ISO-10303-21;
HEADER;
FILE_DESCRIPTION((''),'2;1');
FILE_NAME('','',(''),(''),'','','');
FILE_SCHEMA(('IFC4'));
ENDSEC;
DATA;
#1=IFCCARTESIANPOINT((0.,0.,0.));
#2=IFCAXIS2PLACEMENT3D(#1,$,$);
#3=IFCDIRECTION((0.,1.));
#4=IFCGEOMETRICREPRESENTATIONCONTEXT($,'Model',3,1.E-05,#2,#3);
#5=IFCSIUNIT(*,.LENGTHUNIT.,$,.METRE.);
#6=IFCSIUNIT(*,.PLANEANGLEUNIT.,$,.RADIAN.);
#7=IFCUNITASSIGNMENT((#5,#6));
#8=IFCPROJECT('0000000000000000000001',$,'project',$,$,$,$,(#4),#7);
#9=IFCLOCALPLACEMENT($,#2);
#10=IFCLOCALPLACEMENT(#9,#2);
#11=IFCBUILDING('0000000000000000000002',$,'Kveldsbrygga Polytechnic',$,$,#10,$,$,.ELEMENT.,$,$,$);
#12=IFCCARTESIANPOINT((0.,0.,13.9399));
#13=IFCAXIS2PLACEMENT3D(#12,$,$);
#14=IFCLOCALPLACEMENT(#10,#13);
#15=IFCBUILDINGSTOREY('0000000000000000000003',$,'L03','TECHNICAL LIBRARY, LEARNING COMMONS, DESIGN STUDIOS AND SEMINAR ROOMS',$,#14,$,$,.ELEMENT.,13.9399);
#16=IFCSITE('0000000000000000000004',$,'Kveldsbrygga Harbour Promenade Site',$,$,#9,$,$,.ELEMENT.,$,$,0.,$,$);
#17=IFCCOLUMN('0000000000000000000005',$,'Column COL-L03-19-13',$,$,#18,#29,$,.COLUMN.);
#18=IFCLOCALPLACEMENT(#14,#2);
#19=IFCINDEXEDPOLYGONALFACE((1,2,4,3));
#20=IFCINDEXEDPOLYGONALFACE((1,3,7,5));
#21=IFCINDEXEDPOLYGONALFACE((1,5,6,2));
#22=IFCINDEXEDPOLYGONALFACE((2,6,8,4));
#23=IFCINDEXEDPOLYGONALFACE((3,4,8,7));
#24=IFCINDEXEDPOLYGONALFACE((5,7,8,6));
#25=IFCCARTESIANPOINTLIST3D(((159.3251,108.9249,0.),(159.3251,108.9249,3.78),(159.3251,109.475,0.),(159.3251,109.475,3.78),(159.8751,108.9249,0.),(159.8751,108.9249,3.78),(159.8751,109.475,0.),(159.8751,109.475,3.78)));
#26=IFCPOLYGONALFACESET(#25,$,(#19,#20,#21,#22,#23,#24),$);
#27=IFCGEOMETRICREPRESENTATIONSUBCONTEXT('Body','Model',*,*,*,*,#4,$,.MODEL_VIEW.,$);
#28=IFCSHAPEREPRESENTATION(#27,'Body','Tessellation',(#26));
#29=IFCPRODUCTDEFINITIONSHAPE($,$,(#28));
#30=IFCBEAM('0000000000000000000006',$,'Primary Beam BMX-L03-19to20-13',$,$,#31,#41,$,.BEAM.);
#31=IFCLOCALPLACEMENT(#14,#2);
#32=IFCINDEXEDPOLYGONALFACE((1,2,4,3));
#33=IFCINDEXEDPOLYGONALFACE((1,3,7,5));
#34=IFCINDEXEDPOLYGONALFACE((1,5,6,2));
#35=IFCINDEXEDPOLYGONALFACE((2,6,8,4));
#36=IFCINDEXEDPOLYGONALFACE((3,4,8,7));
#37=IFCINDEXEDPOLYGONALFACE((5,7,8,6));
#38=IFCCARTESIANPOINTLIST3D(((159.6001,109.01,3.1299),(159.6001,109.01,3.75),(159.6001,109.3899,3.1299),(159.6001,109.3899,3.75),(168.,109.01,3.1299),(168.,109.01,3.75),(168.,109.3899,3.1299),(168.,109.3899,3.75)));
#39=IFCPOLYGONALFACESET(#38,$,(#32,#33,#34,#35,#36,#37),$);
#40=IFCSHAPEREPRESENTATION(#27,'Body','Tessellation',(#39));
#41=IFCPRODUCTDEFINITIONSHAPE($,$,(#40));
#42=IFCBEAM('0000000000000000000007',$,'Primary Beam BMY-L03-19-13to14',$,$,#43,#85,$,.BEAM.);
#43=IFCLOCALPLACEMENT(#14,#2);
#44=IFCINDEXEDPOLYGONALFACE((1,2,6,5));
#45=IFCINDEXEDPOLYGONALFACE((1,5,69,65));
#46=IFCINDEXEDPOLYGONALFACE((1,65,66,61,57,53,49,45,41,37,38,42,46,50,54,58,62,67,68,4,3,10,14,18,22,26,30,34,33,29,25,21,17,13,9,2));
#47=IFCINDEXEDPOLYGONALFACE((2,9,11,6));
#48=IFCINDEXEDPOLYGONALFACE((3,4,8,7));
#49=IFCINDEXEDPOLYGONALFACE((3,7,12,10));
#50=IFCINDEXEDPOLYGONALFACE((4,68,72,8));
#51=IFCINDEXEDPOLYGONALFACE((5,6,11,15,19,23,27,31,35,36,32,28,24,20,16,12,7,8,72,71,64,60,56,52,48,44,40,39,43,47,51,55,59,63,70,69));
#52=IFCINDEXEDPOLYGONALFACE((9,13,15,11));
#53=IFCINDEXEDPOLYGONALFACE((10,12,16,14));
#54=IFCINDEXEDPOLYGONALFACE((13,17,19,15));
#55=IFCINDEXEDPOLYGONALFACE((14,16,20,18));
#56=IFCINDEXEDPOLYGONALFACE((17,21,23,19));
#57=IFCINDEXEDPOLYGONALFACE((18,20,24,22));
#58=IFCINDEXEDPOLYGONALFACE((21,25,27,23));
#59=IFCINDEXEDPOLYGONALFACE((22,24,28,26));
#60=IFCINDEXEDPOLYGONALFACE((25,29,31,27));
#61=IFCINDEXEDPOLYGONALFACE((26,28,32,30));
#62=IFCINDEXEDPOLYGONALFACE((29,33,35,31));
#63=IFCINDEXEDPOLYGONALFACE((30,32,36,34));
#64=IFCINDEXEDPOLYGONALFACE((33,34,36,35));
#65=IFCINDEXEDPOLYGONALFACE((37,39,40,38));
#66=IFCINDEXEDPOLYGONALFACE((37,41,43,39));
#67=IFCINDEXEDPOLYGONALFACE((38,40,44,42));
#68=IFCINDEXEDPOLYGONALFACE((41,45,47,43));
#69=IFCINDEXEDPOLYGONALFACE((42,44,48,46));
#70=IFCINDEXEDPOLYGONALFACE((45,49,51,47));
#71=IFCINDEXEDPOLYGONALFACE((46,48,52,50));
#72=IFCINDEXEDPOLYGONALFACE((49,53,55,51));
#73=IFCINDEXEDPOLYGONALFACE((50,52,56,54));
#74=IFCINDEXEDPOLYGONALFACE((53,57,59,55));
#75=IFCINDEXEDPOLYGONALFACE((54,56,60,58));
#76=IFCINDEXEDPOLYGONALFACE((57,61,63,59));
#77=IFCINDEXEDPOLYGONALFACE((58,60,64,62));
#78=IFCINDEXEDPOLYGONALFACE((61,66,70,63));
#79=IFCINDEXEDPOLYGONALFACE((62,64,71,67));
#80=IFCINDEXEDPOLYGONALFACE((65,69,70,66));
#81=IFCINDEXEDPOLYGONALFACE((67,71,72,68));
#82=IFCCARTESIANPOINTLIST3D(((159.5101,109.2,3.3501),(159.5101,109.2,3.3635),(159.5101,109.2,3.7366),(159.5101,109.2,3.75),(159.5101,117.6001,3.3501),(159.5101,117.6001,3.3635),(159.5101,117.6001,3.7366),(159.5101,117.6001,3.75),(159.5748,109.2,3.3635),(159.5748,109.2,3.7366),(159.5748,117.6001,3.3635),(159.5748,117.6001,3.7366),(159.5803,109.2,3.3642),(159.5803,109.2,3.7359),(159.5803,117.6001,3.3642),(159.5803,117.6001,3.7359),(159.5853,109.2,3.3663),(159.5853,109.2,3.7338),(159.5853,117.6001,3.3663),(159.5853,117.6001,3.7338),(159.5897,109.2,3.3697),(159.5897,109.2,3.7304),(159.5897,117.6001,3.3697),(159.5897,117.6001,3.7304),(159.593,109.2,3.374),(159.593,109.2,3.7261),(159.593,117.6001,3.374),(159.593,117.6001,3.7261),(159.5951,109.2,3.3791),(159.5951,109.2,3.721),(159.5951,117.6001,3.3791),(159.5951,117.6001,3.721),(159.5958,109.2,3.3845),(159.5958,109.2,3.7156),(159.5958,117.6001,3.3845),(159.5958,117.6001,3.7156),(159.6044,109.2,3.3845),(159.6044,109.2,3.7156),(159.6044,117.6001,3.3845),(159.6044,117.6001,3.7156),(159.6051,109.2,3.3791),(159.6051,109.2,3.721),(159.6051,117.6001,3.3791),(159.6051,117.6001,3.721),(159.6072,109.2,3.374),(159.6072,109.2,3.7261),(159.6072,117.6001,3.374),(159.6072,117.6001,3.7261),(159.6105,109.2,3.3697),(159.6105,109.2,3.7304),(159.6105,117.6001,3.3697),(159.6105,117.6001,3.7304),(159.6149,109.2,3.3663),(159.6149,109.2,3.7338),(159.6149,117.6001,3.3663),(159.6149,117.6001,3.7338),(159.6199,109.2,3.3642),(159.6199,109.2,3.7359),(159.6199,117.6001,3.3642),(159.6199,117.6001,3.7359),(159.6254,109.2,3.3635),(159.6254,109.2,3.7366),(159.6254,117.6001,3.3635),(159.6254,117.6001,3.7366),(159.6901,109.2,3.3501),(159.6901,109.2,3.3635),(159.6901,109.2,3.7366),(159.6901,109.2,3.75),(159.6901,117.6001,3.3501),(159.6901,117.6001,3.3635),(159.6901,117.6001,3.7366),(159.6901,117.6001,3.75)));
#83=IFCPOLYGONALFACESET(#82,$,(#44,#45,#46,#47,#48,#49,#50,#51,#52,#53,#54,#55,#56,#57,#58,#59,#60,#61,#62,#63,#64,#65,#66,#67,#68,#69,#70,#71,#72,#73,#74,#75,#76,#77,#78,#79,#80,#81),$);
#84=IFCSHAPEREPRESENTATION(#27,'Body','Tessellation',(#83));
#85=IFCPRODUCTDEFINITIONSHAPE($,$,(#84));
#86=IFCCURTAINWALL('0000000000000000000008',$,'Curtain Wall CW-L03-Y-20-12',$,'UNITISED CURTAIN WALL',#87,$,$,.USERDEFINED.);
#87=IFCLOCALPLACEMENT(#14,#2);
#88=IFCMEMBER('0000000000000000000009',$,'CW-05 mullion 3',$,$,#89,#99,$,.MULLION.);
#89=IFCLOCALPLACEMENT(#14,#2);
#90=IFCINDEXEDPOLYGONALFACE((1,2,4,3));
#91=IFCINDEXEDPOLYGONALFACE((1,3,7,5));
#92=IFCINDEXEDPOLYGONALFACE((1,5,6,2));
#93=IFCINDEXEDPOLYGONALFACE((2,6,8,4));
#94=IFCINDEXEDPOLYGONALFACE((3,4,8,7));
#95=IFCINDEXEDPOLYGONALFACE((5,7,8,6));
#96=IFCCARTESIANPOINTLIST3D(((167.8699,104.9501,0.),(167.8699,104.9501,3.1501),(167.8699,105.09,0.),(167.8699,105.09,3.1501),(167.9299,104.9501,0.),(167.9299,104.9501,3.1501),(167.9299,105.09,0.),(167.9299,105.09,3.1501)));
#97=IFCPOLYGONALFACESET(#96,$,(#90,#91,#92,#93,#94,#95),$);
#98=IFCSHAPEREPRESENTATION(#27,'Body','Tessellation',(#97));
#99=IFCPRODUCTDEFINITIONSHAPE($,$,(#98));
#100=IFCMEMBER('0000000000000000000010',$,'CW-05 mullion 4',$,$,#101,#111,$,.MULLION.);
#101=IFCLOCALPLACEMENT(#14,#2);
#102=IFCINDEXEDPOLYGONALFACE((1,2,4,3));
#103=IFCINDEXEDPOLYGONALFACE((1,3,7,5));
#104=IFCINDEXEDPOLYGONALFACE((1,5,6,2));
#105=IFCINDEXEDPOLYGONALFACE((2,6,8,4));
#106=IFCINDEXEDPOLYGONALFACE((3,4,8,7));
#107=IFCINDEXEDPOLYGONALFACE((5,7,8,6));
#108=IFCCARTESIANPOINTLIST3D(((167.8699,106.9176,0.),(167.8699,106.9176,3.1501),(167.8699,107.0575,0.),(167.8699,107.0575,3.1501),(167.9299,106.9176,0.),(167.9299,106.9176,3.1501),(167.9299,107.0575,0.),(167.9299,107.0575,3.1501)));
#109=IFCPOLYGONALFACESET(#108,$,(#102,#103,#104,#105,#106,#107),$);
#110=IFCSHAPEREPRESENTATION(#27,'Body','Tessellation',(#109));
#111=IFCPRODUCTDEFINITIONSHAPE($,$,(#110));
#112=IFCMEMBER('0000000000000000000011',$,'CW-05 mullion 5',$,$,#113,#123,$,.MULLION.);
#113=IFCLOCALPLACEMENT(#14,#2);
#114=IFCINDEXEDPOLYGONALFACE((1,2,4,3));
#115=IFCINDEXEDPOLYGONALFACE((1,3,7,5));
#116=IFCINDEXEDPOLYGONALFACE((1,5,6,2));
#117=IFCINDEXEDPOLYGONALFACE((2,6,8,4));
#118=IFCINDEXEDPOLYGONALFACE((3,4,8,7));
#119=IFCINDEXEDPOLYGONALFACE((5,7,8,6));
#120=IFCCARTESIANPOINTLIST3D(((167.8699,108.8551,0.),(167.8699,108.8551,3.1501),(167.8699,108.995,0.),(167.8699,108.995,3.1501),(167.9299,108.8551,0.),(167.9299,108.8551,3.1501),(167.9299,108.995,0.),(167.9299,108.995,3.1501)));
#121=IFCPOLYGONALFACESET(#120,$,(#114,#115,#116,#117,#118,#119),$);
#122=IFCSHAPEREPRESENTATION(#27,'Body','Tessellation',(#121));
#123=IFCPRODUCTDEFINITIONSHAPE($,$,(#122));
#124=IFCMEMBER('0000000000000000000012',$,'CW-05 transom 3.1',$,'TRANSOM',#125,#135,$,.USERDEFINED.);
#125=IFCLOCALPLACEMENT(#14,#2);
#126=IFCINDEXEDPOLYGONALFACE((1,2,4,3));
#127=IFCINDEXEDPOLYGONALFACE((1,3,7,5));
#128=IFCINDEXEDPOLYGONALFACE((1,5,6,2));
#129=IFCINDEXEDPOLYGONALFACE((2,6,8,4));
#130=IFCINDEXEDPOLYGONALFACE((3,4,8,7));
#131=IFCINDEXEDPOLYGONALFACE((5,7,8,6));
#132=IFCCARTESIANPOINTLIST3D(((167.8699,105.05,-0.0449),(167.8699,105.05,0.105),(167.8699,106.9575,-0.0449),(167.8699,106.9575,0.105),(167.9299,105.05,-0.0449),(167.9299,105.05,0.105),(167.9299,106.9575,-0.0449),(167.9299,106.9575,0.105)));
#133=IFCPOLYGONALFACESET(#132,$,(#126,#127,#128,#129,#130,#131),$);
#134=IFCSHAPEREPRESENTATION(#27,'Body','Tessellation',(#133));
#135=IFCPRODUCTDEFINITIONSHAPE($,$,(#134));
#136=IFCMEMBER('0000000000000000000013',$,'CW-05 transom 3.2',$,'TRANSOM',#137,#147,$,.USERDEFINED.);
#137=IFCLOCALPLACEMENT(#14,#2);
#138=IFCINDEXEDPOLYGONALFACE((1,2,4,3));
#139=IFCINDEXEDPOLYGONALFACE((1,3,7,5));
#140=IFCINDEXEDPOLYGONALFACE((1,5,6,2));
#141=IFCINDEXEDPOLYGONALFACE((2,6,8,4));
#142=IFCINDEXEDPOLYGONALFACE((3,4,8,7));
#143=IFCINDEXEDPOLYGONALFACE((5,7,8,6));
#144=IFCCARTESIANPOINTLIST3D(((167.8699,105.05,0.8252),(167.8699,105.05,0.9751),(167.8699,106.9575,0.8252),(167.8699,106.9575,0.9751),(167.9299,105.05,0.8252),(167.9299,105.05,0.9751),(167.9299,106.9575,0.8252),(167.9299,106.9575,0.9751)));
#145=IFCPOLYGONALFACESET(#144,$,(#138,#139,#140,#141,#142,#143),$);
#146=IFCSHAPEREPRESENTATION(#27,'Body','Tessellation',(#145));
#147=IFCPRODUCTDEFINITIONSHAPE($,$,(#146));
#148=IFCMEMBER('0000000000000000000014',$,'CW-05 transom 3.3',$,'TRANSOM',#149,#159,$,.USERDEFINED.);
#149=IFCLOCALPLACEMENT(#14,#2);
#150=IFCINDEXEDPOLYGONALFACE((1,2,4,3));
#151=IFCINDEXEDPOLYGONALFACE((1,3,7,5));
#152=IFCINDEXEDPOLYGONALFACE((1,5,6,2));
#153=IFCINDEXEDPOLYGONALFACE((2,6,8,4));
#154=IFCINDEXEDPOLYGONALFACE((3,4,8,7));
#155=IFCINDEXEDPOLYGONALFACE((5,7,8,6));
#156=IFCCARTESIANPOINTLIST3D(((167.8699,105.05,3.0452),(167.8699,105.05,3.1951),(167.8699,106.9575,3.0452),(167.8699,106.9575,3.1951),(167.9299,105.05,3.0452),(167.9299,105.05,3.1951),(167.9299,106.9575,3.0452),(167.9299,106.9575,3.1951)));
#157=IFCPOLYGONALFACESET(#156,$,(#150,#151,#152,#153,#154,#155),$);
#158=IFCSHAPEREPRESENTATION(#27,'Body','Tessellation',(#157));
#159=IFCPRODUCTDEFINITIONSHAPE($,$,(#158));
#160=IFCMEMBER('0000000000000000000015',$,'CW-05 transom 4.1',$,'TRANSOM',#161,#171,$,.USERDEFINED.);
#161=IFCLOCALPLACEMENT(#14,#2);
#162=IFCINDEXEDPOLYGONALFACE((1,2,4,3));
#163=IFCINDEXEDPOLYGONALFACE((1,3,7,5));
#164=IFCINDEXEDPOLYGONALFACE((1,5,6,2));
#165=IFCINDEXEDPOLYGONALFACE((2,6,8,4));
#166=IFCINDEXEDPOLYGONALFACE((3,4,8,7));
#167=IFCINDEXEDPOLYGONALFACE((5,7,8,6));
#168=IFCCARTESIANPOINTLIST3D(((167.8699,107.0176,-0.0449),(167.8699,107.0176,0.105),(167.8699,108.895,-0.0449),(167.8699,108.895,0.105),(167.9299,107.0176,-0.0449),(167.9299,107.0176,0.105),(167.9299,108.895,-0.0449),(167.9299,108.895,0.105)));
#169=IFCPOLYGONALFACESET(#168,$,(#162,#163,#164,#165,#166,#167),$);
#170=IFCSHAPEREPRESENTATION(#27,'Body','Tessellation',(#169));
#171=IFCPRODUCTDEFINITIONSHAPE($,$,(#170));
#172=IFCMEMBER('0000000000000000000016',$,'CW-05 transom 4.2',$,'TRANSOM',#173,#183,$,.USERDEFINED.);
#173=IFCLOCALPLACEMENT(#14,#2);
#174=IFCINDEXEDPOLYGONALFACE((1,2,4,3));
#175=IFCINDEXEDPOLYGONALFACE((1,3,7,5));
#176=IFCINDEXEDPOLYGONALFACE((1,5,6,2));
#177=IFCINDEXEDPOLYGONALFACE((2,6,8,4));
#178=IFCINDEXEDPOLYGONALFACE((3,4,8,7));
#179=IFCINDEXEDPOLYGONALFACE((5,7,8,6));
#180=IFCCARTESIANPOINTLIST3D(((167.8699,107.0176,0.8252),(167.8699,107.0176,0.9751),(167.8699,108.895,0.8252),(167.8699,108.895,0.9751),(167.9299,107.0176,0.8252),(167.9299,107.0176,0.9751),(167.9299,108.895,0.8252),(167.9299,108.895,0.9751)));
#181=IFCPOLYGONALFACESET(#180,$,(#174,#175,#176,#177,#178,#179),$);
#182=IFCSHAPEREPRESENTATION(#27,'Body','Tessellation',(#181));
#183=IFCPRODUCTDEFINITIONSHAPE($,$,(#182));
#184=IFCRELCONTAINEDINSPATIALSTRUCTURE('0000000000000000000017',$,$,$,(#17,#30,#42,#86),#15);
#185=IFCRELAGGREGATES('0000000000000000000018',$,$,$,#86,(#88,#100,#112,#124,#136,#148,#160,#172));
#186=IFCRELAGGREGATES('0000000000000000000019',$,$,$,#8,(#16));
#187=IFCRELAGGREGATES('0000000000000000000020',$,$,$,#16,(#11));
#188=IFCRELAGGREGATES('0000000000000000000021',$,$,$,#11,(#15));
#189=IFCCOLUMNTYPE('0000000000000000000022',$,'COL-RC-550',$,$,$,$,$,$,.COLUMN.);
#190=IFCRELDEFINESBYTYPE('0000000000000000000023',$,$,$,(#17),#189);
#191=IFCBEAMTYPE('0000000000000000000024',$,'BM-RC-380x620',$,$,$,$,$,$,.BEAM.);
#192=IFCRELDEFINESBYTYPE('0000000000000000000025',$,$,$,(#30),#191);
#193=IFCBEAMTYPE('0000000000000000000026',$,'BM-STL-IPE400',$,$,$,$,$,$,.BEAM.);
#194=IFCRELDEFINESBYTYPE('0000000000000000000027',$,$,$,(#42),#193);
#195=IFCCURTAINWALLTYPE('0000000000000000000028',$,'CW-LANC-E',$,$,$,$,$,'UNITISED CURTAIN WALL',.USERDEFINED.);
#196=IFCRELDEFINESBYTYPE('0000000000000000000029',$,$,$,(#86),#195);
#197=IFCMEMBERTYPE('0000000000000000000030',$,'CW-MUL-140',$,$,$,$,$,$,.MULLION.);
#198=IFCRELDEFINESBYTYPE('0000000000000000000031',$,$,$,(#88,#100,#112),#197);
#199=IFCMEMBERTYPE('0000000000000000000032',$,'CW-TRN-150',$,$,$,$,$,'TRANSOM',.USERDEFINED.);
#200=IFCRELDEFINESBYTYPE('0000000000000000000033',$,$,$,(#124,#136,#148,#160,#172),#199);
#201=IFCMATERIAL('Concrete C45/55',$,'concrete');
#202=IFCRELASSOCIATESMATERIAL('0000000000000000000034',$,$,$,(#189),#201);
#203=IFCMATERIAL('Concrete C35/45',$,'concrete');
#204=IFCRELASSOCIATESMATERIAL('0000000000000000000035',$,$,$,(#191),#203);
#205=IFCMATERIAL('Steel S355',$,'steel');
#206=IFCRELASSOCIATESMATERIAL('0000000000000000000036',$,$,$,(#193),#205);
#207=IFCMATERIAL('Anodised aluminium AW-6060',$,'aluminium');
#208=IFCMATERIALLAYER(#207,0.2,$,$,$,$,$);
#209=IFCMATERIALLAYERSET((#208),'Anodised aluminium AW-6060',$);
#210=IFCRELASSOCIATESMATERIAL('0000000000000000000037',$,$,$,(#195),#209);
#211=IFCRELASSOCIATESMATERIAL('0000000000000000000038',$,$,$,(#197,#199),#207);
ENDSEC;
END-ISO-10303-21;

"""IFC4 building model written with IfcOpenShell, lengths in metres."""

from ifc_helpers import new_model, si_unit, direction, frame, origin, origin_2d, place, context, subcontext, project, spatial, rectangle, i_section, extrude, material, layer, layer_set, material_profile, profile_set, type_object, element, aggregate, save


model = new_model("IFC4")

# Units and contexts
model_context = context("Model", 3, precision=1e-05, world=origin(), true_north=direction((0.0, 1.0)))
body_context = subcontext(model_context, "Body", "Model", "MODEL_VIEW")
ifc_project = project(units=[si_unit("LENGTHUNIT", "METRE"), si_unit("PLANEANGLEUNIT", "RADIAN")], contexts=[model_context])

# Site, building, storey
site_placement = place(None, origin())
site = spatial("IfcSite", under=ifc_project, at=site_placement, Name="Kveldsbrygga Harbour Promenade Site", CompositionType="ELEMENT", RefElevation=0.0)
building_placement = place(site_placement, origin())
building = spatial("IfcBuilding", under=site, at=building_placement, Name="Kveldsbrygga Polytechnic", CompositionType="ELEMENT")
storey_placement = place(building_placement, frame((0.0, 0.0, 13.9399)))
storey = spatial("IfcBuildingStorey", under=building, at=storey_placement, Name="L03", Description="TECHNICAL LIBRARY, LEARNING COMMONS, DESIGN STUDIOS AND SEMINAR ROOMS", CompositionType="ELEMENT", Elevation=13.9399)

# Column
ifc_material_1 = material(Name="Concrete C45/55", Category="concrete")
ifc_material_profile_1 = material_profile(ifc_material_1, rectangle(XDim=0.55, YDim=0.55, at=origin_2d()), Name="RC 550x550")
ifc_profile_set_1 = profile_set([ifc_material_profile_1], Name="Concrete C45/55")
column_type = type_object("IfcColumnType", Name="COL-RC-550", PredefinedType="COLUMN", material=ifc_profile_set_1)
column_placement = place(storey_placement, frame((159.6001, 109.2, 0.0), z_axis=(0.0, 0.0, 1.0), x_axis=(1.0, 0.0, 0.0)))
element("IfcColumn", 1, at=column_placement, inside=storey, type_object=column_type, Name="Column COL-L03-19-13", PredefinedType="COLUMN", context=body_context, shape_type="SweptSolid", body=[
    extrude(rectangle(XDim=0.55, YDim=0.55, at=origin_2d()), origin(), (0.0, 0.0, 1.0), 3.78),
])

# Beams
ifc_material_2 = material(Name="Concrete C35/45", Category="concrete")
ifc_material_profile_2 = material_profile(ifc_material_2, rectangle(XDim=0.3799, YDim=0.6201, at=origin_2d()), Name="RC 380x620")
ifc_profile_set_2 = profile_set([ifc_material_profile_2], Name="Concrete C35/45")
beam_type_1 = type_object("IfcBeamType", Name="BM-RC-380x620", PredefinedType="BEAM", material=ifc_profile_set_2)
beam_1_placement = place(storey_placement, frame((159.6001, 109.2, 3.4399), z_axis=(1.0, 0.0, 0.0), x_axis=(0.0, 1.0, 0.0)))
element("IfcBeam", 2, at=beam_1_placement, inside=storey, type_object=beam_type_1, Name="Primary Beam BMX-L03-19to20-13", PredefinedType="BEAM", context=body_context, shape_type="SweptSolid", body=[
    extrude(rectangle(XDim=0.3799, YDim=0.6201, at=origin_2d()), origin(), (0.0, 0.0, 1.0), 8.3999),
])
ifc_material_3 = material(Name="Steel S355", Category="steel")
ifc_material_profile_3 = material_profile(ifc_material_3, i_section(OverallWidth=0.1799, OverallDepth=0.3999, WebThickness=0.0085, FlangeThickness=0.0134, FilletRadius=0.021, at=origin_2d()), Name="IPE 400")
ifc_profile_set_3 = profile_set([ifc_material_profile_3], Name="Steel S355")
beam_type_2 = type_object("IfcBeamType", Name="BM-STL-IPE400", PredefinedType="BEAM", material=ifc_profile_set_3)
beam_2_placement = place(storey_placement, frame((159.6001, 109.2, 3.55), z_axis=(0.0, 1.0, 0.0), x_axis=(-1.0, 0.0, 0.0)))
element("IfcBeam", 3, at=beam_2_placement, inside=storey, type_object=beam_type_2, Name="Primary Beam BMY-L03-19-13to14", PredefinedType="BEAM", context=body_context, shape_type="SweptSolid", body=[
    extrude(i_section(OverallWidth=0.1799, OverallDepth=0.3999, WebThickness=0.0085, FlangeThickness=0.0134, FilletRadius=0.021, at=origin_2d()), origin(), (0.0, 0.0, 1.0), 8.4001),
])

# Curtain wall, members
ifc_material_4 = material(Name="Anodised aluminium AW-6060", Category="aluminium")
ifc_layer_1 = layer(ifc_material_4, 0.2)
ifc_layer_set_1 = layer_set([ifc_layer_1], Name="Anodised aluminium AW-6060")
curtain_wall_type = type_object("IfcCurtainWallType", Name="CW-LANC-E", ElementType="UNITISED CURTAIN WALL", PredefinedType="USERDEFINED", material=ifc_layer_set_1)
curtain_wall_placement = place(storey_placement, origin())
curtain_wall = element("IfcCurtainWall", 4, at=curtain_wall_placement, inside=storey, type_object=curtain_wall_type, Name="Curtain Wall CW-L03-Y-20-12", ObjectType="UNITISED CURTAIN WALL", PredefinedType="USERDEFINED")
ifc_material_profile_4 = material_profile(ifc_material_4, rectangle(XDim=0.0601, YDim=0.1399, at=origin_2d()), Name="ALU 60x140")
ifc_profile_set_4 = profile_set([ifc_material_profile_4], Name="Anodised aluminium AW-6060")
member_type_1 = type_object("IfcMemberType", Name="CW-MUL-140", PredefinedType="MULLION", material=ifc_profile_set_4)
member_1_placement = place(storey_placement, frame((167.8999, 105.02, 0.0), z_axis=(0.0, 0.0, 1.0), x_axis=(-1.0, 0.0, 0.0)))
member_1 = element("IfcMember", 5, at=member_1_placement, type_object=member_type_1, Name="CW-05 mullion 3", PredefinedType="MULLION", context=body_context, shape_type="SweptSolid", body=[
    extrude(rectangle(XDim=0.0601, YDim=0.1399, at=origin_2d()), origin(), (0.0, 0.0, 1.0), 3.1501),
])
member_2_placement = place(storey_placement, frame((167.8999, 106.9875, 0.0), z_axis=(0.0, 0.0, 1.0), x_axis=(-1.0, 0.0, 0.0)))
member_2 = element("IfcMember", 6, at=member_2_placement, type_object=member_type_1, Name="CW-05 mullion 4", PredefinedType="MULLION", context=body_context, shape_type="SweptSolid", body=[
    extrude(rectangle(XDim=0.0601, YDim=0.1399, at=origin_2d()), origin(), (0.0, 0.0, 1.0), 3.1501),
])
member_3_placement = place(storey_placement, frame((167.8999, 108.925, 0.0), z_axis=(0.0, 0.0, 1.0), x_axis=(-1.0, 0.0, 0.0)))
member_3 = element("IfcMember", 7, at=member_3_placement, type_object=member_type_1, Name="CW-05 mullion 5", PredefinedType="MULLION", context=body_context, shape_type="SweptSolid", body=[
    extrude(rectangle(XDim=0.0601, YDim=0.1399, at=origin_2d()), origin(), (0.0, 0.0, 1.0), 3.1501),
])
ifc_material_profile_5 = material_profile(ifc_material_4, rectangle(XDim=0.0601, YDim=0.1499, at=origin_2d()), Name="ALU 60x150")
ifc_profile_set_5 = profile_set([ifc_material_profile_5], Name="Anodised aluminium AW-6060")
member_type_2 = type_object("IfcMemberType", Name="CW-TRN-150", ElementType="TRANSOM", PredefinedType="USERDEFINED", material=ifc_profile_set_5)
member_4_placement = place(storey_placement, frame((167.8999, 105.05, 0.03), z_axis=(0.0, 1.0, 0.0), x_axis=(-1.0, 0.0, 0.0)))
member_4 = element("IfcMember", 8, at=member_4_placement, type_object=member_type_2, Name="CW-05 transom 3.1", ObjectType="TRANSOM", PredefinedType="USERDEFINED", context=body_context, shape_type="SweptSolid", body=[
    extrude(rectangle(XDim=0.0601, YDim=0.1499, at=origin_2d()), origin(), (0.0, 0.0, 1.0), 1.9075),
])
member_5_placement = place(storey_placement, frame((167.8999, 105.05, 0.9001), z_axis=(0.0, 1.0, 0.0), x_axis=(-1.0, 0.0, 0.0)))
member_5 = element("IfcMember", 9, at=member_5_placement, type_object=member_type_2, Name="CW-05 transom 3.2", ObjectType="TRANSOM", PredefinedType="USERDEFINED", context=body_context, shape_type="SweptSolid", body=[
    extrude(rectangle(XDim=0.0601, YDim=0.1499, at=origin_2d()), origin(), (0.0, 0.0, 1.0), 1.9075),
])
member_6_placement = place(storey_placement, frame((167.8999, 105.05, 3.1201), z_axis=(0.0, 1.0, 0.0), x_axis=(-1.0, 0.0, 0.0)))
member_6 = element("IfcMember", 10, at=member_6_placement, type_object=member_type_2, Name="CW-05 transom 3.3", ObjectType="TRANSOM", PredefinedType="USERDEFINED", context=body_context, shape_type="SweptSolid", body=[
    extrude(rectangle(XDim=0.0601, YDim=0.1499, at=origin_2d()), origin(), (0.0, 0.0, 1.0), 1.9075),
])
member_7_placement = place(storey_placement, frame((167.8999, 107.0176, 0.03), z_axis=(0.0, 1.0, 0.0), x_axis=(-1.0, 0.0, 0.0)))
member_7 = element("IfcMember", 11, at=member_7_placement, type_object=member_type_2, Name="CW-05 transom 4.1", ObjectType="TRANSOM", PredefinedType="USERDEFINED", context=body_context, shape_type="SweptSolid", body=[
    extrude(rectangle(XDim=0.0601, YDim=0.1499, at=origin_2d()), origin(), (0.0, 0.0, 1.0), 1.8774),
])
member_8_placement = place(storey_placement, frame((167.8999, 107.0176, 0.9001), z_axis=(0.0, 1.0, 0.0), x_axis=(-1.0, 0.0, 0.0)))
member_8 = element("IfcMember", 12, at=member_8_placement, type_object=member_type_2, Name="CW-05 transom 4.2", ObjectType="TRANSOM", PredefinedType="USERDEFINED", context=body_context, shape_type="SweptSolid", body=[
    extrude(rectangle(XDim=0.0601, YDim=0.1499, at=origin_2d()), origin(), (0.0, 0.0, 1.0), 1.8774),
])

aggregate(curtain_wall, [member_1, member_2, member_3, member_4, member_5, member_6, member_7, member_8])

save(model, "model.ifc")
